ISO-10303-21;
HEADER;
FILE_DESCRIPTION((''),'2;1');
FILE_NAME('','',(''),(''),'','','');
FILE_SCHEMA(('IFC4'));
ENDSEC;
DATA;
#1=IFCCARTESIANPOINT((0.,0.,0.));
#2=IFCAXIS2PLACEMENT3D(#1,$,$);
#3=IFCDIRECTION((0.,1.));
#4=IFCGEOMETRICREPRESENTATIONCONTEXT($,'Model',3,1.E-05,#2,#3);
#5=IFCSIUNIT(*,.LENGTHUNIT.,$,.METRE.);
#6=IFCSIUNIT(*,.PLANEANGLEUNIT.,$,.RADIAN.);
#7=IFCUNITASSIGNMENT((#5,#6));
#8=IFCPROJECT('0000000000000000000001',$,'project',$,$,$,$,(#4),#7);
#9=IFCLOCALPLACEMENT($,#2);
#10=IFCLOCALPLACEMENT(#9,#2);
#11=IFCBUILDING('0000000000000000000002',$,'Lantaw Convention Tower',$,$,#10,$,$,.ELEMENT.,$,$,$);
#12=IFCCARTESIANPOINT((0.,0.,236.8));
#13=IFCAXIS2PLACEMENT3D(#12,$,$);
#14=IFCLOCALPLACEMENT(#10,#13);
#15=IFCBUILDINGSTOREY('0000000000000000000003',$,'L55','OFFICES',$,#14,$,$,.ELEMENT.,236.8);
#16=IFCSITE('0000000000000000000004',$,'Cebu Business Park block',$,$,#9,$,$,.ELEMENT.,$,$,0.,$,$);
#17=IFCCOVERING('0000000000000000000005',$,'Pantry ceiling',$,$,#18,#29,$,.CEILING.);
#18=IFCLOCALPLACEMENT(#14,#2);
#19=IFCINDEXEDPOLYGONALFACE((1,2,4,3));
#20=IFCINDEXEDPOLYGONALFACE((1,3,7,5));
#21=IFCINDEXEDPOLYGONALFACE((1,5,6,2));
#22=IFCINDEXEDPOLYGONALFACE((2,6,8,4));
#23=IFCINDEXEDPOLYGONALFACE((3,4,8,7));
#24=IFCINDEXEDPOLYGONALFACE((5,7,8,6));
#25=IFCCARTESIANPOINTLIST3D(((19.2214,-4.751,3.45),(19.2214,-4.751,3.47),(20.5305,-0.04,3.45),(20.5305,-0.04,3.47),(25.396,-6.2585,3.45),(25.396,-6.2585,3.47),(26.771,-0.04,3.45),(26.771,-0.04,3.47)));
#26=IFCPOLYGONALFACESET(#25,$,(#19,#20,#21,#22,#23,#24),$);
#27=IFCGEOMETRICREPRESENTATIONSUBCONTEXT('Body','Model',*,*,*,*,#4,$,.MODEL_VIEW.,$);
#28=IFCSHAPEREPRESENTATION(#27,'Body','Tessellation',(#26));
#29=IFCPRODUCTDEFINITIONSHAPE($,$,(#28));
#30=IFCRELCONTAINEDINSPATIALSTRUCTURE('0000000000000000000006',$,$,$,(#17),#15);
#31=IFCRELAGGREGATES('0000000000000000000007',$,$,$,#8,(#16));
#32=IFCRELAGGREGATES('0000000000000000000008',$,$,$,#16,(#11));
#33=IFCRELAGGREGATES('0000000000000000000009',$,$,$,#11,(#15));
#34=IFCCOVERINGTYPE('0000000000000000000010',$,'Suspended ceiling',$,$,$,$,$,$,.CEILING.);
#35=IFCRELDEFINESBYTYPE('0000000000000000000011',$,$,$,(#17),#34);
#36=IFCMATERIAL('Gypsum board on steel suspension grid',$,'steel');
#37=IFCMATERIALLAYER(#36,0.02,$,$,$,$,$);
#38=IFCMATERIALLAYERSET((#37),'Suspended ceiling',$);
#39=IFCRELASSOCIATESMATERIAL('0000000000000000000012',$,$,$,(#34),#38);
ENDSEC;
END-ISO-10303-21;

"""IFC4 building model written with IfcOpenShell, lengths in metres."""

from ifc_helpers import new_model, si_unit, direction, frame, origin, place, context, subcontext, project, spatial, polyline, outline, extrude, material, layer, layer_set, type_object, element, save


model = new_model("IFC4")

# Units and contexts
model_context = context("Model", 3, precision=1e-05, world=origin(), true_north=direction((0.0, 1.0)))
body_context = subcontext(model_context, "Body", "Model", "MODEL_VIEW")
ifc_project = project(units=[si_unit("LENGTHUNIT", "METRE"), si_unit("PLANEANGLEUNIT", "RADIAN")], contexts=[model_context])

# Site, building, storey
site_placement = place(None, origin())
site = spatial("IfcSite", under=ifc_project, at=site_placement, Name="Cebu Business Park block", CompositionType="ELEMENT", RefElevation=0.0)
building_placement = place(site_placement, origin())
building = spatial("IfcBuilding", under=site, at=building_placement, Name="Lantaw Convention Tower", CompositionType="ELEMENT")
storey_placement = place(building_placement, frame((0.0, 0.0, 236.8)))
storey = spatial("IfcBuildingStorey", under=building, at=storey_placement, Name="L55", Description="OFFICES", CompositionType="ELEMENT", Elevation=236.8)

# Covering
ifc_material_1 = material(Name="Gypsum board on steel suspension grid", Category="steel")
ifc_layer_1 = layer(ifc_material_1, 0.02)
ifc_layer_set_1 = layer_set([ifc_layer_1], Name="Suspended ceiling")
covering_type = type_object("IfcCoveringType", Name="Suspended ceiling", PredefinedType="CEILING", material=ifc_layer_set_1)
covering_placement = place(storey_placement, frame((0.0, 0.0, 3.45)))
element("IfcCovering", 1, at=covering_placement, inside=storey, type_object=covering_type, Name="Pantry ceiling", PredefinedType="CEILING", context=body_context, shape_type="SweptSolid", body=[
    extrude(outline(polyline([(19.2214, -4.751), (25.396, -6.2585), (26.771, -0.04), (20.5305, -0.04), (19.2214, -4.751)])), origin(), (0.0, 0.0, 1.0), 0.02),
])

save(model, "model.ifc")
